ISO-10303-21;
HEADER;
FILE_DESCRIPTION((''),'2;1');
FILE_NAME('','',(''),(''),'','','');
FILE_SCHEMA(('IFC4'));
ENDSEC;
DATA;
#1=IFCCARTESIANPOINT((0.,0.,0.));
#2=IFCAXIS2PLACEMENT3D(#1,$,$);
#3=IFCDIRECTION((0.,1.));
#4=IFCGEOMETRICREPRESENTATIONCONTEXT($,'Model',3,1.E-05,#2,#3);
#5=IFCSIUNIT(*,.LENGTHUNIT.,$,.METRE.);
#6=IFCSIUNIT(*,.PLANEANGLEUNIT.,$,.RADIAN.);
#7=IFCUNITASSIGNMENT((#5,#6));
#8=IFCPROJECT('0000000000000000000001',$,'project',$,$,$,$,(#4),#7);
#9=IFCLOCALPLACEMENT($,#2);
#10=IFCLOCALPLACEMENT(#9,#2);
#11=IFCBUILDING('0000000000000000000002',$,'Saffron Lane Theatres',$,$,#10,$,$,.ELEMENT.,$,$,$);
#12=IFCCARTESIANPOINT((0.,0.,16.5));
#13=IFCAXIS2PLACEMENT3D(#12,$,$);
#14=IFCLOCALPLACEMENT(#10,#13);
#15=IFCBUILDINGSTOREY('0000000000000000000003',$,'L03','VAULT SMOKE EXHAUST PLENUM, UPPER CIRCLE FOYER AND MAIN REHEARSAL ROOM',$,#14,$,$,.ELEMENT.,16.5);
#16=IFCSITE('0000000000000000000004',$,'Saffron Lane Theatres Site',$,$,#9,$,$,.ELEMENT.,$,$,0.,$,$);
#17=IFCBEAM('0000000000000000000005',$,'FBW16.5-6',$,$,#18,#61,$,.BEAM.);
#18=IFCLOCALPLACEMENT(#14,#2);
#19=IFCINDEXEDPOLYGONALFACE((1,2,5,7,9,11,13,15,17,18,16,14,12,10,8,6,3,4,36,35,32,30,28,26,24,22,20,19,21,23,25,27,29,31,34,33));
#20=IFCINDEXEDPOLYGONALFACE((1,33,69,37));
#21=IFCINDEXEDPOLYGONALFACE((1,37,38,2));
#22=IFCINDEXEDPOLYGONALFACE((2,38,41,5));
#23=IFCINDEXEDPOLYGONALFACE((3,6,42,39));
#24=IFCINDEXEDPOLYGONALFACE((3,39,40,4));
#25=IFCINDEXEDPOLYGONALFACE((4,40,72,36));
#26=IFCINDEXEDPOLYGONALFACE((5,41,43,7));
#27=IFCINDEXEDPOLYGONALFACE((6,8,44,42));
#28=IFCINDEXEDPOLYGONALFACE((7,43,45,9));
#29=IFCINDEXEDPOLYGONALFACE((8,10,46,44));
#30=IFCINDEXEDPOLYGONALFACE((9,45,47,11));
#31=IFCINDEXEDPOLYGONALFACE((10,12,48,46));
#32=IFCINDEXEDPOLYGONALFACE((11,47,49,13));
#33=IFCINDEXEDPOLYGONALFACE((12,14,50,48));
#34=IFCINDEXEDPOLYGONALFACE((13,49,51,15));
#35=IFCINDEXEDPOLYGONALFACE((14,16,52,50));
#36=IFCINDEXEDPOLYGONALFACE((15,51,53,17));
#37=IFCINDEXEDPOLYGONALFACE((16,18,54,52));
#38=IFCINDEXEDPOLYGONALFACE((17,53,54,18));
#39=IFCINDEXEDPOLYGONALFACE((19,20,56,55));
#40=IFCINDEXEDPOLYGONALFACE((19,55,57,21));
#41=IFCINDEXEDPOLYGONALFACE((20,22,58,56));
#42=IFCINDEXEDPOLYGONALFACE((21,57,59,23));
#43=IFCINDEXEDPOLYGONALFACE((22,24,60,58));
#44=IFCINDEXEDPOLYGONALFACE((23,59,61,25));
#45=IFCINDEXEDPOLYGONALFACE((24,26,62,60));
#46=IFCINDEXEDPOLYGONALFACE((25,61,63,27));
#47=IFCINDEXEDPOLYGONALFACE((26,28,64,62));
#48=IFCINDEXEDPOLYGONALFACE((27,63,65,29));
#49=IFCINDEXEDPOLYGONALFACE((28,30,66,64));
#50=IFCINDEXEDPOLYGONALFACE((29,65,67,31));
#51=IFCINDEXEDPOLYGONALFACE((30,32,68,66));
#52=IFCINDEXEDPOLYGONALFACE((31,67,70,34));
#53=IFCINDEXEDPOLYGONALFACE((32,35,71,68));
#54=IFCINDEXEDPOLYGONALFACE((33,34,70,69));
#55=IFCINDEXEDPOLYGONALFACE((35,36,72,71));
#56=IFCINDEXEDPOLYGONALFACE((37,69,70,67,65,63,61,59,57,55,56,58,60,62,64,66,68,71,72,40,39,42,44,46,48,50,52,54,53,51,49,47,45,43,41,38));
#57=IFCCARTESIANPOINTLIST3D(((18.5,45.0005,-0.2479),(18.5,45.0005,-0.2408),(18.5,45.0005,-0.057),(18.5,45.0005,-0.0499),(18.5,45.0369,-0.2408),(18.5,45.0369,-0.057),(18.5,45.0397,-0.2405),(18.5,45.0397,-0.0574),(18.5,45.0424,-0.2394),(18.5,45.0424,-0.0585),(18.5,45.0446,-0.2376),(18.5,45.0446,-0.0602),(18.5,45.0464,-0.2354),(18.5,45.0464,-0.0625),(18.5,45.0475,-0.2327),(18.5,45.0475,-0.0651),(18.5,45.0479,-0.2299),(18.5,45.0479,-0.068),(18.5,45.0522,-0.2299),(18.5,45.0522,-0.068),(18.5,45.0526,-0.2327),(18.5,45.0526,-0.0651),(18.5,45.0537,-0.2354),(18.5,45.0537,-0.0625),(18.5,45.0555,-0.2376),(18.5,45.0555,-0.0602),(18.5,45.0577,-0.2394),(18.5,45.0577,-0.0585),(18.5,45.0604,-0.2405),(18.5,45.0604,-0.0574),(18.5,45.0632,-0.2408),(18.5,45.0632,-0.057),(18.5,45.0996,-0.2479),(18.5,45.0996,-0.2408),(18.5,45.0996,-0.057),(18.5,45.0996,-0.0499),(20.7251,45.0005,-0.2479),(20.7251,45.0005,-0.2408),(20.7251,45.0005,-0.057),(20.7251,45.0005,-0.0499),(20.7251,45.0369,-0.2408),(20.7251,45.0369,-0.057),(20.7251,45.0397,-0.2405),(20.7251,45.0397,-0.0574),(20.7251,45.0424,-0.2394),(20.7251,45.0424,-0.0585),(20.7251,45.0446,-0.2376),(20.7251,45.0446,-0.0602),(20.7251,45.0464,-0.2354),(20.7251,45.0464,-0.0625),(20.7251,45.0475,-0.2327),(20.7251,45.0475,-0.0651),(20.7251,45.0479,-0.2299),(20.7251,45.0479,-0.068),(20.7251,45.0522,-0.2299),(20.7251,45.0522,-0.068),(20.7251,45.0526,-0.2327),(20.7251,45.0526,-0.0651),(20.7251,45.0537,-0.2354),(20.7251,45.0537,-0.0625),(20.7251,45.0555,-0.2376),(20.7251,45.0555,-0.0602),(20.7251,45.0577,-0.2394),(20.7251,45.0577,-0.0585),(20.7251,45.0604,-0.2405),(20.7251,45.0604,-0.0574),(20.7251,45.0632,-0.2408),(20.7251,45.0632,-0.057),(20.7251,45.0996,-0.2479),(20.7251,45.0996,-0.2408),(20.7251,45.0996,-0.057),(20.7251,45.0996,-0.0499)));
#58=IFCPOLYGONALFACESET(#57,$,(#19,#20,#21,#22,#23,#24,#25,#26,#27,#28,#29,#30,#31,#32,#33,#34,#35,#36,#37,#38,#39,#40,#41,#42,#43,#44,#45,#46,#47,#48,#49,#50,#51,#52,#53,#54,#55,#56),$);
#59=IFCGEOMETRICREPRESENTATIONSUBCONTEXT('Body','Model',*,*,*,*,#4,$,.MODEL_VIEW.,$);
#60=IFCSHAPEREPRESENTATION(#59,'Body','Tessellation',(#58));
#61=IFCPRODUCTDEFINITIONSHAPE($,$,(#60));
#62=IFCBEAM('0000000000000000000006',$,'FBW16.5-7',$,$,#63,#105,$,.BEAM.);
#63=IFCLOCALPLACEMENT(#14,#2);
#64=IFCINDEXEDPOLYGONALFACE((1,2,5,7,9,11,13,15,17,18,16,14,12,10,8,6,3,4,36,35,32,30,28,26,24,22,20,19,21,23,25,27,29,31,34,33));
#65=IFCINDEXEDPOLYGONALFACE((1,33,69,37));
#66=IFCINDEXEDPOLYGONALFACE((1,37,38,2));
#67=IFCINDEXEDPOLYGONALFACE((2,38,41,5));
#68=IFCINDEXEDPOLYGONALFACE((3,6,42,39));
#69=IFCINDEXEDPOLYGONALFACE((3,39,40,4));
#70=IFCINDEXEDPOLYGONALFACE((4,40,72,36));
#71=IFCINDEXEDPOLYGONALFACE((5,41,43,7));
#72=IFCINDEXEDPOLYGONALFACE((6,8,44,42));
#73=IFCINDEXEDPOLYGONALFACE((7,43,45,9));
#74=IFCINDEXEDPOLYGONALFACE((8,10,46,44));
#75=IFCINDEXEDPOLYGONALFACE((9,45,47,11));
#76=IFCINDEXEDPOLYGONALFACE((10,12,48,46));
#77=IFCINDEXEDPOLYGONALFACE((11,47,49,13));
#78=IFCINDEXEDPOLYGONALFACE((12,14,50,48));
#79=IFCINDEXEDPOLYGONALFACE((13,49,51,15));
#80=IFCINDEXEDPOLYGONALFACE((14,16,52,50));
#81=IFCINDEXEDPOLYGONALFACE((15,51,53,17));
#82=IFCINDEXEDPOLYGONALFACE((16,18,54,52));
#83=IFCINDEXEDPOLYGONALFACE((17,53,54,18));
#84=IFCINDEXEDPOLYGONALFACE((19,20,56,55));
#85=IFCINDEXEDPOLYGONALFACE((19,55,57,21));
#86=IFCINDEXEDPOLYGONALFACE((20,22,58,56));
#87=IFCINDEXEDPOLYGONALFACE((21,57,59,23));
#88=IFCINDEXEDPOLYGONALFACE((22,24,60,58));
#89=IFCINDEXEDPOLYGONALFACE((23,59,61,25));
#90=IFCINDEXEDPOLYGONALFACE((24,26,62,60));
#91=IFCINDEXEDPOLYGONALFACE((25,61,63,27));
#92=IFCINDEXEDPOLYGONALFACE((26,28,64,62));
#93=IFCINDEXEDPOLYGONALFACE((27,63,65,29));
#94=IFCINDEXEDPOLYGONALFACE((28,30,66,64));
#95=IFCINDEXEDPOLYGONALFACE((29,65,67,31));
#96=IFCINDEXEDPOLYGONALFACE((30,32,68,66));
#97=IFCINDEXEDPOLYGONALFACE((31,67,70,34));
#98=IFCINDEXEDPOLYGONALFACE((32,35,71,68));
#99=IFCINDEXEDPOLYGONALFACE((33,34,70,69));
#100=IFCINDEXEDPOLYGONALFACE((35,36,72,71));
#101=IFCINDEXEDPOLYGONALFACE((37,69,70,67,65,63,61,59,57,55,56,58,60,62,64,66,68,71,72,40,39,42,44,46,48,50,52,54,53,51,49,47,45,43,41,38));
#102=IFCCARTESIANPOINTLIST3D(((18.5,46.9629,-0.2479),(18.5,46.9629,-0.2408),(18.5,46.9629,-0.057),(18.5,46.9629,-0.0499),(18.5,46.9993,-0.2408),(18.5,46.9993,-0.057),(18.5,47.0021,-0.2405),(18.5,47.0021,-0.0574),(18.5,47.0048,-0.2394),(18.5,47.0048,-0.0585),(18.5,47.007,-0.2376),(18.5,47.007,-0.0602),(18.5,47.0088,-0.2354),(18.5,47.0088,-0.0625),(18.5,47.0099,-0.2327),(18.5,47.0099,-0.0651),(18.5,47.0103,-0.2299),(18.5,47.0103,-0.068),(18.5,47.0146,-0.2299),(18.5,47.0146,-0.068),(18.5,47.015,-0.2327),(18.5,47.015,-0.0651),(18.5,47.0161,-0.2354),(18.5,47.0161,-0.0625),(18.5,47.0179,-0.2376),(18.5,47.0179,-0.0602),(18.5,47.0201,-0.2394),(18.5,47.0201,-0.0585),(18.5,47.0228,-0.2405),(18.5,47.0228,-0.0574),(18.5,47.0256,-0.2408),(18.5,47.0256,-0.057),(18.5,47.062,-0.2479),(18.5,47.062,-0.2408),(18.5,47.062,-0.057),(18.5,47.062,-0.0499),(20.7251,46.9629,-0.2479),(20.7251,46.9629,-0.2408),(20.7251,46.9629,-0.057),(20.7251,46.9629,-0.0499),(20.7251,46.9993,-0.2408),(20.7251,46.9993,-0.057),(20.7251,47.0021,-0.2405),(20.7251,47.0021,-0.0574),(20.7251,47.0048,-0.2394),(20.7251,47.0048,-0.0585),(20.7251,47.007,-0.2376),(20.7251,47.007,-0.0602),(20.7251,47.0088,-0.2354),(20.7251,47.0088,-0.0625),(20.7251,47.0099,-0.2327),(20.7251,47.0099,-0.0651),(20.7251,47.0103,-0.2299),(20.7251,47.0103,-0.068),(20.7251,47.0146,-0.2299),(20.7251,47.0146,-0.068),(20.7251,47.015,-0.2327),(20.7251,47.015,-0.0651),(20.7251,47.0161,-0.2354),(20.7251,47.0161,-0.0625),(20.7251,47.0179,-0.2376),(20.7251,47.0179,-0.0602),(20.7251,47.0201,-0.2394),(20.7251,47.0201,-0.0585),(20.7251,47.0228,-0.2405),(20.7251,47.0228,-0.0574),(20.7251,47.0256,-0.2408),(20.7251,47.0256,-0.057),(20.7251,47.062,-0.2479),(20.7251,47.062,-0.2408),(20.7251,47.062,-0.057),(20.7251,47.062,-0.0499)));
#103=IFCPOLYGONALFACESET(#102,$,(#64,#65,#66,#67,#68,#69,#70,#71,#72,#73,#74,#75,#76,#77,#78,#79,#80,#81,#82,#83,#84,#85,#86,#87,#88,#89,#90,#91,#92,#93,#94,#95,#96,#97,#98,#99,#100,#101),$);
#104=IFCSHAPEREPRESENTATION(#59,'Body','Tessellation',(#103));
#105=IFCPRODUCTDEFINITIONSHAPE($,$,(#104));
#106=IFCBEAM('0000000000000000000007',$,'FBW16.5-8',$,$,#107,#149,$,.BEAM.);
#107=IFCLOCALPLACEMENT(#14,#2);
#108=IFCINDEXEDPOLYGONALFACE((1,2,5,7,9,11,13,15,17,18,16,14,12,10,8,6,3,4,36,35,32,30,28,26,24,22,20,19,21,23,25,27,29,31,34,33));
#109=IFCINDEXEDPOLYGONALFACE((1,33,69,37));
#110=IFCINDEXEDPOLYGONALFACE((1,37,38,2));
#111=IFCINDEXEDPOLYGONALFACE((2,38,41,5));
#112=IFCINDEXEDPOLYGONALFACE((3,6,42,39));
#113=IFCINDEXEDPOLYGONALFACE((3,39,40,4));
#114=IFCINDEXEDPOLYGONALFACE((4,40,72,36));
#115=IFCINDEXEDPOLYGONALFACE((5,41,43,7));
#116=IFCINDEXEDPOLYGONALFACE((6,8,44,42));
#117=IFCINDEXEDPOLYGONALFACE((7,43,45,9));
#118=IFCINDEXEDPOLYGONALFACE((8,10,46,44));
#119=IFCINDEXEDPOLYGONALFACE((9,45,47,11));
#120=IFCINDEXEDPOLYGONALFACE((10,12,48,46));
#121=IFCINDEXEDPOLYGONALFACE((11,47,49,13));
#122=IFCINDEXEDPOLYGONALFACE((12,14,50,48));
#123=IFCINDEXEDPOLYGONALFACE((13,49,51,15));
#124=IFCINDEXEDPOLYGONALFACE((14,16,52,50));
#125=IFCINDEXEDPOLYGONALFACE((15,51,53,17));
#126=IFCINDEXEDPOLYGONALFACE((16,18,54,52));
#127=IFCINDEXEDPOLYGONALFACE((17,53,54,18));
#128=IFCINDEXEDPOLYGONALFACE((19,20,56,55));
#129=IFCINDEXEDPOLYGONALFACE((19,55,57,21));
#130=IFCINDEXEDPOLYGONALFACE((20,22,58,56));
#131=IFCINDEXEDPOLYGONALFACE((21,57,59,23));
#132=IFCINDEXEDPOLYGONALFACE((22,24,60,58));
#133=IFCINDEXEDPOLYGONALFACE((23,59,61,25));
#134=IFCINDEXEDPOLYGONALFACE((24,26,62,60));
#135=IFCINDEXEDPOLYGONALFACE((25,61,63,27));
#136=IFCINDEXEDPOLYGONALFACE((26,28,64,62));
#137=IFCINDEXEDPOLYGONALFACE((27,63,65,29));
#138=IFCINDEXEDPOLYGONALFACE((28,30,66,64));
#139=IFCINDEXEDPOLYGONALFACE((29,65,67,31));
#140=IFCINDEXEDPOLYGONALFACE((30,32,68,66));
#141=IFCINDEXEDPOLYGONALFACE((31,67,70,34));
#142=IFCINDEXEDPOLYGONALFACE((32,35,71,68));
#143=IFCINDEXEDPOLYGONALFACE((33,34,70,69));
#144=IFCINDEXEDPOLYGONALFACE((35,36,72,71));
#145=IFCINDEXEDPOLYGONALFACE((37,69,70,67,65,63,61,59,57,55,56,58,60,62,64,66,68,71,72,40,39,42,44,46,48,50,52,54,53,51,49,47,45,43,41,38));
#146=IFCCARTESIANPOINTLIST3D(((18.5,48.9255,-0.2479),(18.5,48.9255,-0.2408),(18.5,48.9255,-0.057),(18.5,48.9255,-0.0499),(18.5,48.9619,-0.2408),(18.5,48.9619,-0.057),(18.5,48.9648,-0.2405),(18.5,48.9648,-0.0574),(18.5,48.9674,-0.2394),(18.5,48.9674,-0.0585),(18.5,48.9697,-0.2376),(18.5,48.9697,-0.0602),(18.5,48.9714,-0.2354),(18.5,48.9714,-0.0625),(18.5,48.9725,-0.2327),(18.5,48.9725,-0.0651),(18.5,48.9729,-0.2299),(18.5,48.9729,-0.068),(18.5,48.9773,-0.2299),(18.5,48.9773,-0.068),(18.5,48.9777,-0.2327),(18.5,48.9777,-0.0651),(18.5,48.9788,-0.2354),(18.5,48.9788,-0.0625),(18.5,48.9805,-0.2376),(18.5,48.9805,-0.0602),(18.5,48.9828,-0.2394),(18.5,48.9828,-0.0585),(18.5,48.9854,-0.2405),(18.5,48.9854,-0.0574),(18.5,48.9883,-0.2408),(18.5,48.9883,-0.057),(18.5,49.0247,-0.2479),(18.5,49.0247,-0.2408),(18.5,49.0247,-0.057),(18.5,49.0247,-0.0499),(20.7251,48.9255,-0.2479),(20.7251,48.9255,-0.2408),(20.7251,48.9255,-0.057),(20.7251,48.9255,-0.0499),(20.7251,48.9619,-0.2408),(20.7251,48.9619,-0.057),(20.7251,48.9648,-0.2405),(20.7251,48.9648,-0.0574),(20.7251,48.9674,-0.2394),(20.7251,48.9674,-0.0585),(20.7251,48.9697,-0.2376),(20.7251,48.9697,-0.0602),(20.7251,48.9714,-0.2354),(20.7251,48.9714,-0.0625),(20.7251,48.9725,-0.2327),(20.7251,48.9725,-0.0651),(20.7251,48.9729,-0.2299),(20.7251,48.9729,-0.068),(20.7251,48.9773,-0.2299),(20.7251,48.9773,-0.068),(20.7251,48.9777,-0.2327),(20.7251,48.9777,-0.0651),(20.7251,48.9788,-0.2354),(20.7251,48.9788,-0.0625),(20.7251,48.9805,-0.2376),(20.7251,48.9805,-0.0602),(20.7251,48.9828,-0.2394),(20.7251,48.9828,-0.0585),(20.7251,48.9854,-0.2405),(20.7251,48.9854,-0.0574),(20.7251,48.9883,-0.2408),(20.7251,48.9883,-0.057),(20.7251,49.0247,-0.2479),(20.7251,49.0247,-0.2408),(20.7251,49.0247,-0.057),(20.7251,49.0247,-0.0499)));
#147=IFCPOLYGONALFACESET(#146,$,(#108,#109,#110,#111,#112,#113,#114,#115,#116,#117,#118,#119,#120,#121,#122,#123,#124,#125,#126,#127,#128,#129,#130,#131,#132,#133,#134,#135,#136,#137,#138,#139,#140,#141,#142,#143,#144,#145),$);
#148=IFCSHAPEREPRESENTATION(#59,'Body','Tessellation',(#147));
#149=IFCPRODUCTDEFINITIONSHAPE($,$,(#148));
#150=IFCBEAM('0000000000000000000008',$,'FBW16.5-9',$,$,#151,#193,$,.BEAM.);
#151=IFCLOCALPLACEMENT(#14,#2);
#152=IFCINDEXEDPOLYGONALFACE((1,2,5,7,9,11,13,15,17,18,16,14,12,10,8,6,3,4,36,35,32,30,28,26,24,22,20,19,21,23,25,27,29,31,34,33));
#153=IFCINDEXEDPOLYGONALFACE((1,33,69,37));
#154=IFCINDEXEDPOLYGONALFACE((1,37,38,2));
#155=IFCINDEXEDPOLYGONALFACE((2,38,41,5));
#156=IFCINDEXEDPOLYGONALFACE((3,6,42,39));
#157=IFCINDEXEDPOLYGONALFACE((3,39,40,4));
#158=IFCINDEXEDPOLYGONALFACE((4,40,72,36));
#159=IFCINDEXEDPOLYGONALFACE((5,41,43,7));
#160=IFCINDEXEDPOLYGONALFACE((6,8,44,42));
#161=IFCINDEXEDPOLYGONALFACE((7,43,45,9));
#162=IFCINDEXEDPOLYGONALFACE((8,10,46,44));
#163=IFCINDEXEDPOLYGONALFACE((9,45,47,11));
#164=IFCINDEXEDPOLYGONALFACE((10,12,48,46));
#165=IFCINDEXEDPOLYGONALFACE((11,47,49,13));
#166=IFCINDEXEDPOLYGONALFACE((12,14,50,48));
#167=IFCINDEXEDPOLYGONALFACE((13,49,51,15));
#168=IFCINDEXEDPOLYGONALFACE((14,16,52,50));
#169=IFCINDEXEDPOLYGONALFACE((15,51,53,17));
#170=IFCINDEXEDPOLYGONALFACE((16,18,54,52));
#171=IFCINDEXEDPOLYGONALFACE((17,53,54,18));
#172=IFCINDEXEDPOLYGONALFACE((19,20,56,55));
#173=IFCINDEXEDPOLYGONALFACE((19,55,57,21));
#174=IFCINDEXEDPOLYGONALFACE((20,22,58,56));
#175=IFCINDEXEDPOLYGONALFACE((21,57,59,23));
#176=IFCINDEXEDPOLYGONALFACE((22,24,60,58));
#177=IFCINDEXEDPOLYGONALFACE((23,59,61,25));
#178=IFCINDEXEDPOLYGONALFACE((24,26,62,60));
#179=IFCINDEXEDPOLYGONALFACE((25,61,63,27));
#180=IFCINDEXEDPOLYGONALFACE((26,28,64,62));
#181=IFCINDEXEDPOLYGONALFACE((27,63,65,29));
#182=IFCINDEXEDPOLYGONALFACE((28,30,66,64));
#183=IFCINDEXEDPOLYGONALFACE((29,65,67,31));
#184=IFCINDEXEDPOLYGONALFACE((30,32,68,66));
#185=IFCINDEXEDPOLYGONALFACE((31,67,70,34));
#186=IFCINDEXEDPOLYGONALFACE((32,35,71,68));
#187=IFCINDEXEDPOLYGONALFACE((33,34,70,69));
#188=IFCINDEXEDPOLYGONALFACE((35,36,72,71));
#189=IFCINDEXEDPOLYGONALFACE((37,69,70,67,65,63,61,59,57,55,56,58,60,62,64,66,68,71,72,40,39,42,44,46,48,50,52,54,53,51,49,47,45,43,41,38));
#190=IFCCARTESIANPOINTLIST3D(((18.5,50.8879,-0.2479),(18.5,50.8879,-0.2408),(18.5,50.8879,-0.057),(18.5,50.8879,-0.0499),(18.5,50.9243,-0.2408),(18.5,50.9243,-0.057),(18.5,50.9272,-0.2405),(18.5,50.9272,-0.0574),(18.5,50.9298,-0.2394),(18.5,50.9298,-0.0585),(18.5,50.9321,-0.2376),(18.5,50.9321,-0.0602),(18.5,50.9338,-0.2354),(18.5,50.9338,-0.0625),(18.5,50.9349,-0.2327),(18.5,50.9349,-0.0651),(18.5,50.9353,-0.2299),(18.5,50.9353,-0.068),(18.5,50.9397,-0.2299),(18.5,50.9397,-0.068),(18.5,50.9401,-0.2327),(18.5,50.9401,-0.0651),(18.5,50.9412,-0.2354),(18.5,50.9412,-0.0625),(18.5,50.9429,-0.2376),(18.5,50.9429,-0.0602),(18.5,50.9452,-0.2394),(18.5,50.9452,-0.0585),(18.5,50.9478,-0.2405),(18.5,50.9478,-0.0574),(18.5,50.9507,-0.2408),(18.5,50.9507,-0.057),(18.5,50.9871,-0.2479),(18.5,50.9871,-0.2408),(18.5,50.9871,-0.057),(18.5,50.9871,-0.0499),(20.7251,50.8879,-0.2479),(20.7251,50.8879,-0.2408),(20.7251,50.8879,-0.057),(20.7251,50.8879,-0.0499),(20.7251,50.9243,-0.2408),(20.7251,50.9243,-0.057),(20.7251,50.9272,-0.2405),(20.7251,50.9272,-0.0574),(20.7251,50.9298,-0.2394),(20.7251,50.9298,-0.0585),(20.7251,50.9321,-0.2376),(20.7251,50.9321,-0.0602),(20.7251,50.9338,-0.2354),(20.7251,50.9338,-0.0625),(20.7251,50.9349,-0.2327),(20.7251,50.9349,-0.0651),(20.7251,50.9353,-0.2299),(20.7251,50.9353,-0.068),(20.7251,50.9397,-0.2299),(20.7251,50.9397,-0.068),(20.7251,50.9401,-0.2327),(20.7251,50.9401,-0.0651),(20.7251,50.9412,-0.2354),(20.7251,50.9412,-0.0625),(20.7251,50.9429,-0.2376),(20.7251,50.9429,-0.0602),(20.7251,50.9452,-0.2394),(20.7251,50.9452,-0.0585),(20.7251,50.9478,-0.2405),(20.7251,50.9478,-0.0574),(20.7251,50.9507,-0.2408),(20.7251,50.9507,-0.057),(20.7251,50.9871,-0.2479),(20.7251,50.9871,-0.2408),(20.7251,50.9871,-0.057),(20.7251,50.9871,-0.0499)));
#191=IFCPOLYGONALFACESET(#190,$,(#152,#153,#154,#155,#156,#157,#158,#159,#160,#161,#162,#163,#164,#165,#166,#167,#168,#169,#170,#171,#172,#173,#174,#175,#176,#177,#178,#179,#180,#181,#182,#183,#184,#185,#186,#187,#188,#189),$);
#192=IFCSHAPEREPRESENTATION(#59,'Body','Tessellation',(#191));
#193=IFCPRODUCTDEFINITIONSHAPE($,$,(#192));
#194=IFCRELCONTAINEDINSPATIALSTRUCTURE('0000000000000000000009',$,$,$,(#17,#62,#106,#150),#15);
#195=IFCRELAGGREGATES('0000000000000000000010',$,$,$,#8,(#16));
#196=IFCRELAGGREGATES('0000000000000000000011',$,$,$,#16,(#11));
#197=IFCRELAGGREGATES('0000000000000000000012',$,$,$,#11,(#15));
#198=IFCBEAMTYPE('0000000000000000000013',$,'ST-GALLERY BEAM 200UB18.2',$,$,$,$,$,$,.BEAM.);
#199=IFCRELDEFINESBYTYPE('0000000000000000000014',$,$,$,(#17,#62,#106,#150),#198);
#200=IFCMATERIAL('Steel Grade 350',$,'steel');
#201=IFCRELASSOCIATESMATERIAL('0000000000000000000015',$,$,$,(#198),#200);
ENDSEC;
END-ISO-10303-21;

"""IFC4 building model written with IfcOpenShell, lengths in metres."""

from ifc_helpers import new_model, si_unit, direction, frame, origin, origin_2d, place, context, subcontext, project, spatial, i_section, extrude, material, material_profile, profile_set, type_object, element, save


model = new_model("IFC4")

# Units and contexts
model_context = context("Model", 3, precision=1e-05, world=origin(), true_north=direction((0.0, 1.0)))
body_context = subcontext(model_context, "Body", "Model", "MODEL_VIEW")
ifc_project = project(units=[si_unit("LENGTHUNIT", "METRE"), si_unit("PLANEANGLEUNIT", "RADIAN")], contexts=[model_context])

# Site, building, storey
site_placement = place(None, origin())
site = spatial("IfcSite", under=ifc_project, at=site_placement, Name="Saffron Lane Theatres Site", CompositionType="ELEMENT", RefElevation=0.0)
building_placement = place(site_placement, origin())
building = spatial("IfcBuilding", under=site, at=building_placement, Name="Saffron Lane Theatres", CompositionType="ELEMENT")
storey_placement = place(building_placement, frame((0.0, 0.0, 16.5)))
storey = spatial("IfcBuildingStorey", under=building, at=storey_placement, Name="L03", Description="VAULT SMOKE EXHAUST PLENUM, UPPER CIRCLE FOYER AND MAIN REHEARSAL ROOM", CompositionType="ELEMENT", Elevation=16.5)

# Beams
ifc_material_1 = material(Name="Steel Grade 350", Category="steel")
ifc_material_profile_1 = material_profile(ifc_material_1, i_section(OverallWidth=0.0991, OverallDepth=0.198, WebThickness=0.0044, FlangeThickness=0.0071, FilletRadius=0.011, at=origin_2d()))
ifc_profile_set_1 = profile_set([ifc_material_profile_1], Name="Steel Grade 350")
beam_type_1 = type_object("IfcBeamType", Name="ST-GALLERY BEAM 200UB18.2", PredefinedType="BEAM", material=ifc_profile_set_1)
for number, where, z_axis, x_axis, name in (
    (1, (18.5, 45.05, -0.1489), (1.0, 0.0, 0.0), (0.0, 1.0, 0.0), "FBW16.5-6"),
    (2, (18.5, 47.0125, -0.1489), (1.0, 0.0, 0.0), (0.0, 1.0, 0.0), "FBW16.5-7"),
    (3, (18.5, 48.9751, -0.1489), (1.0, 0.0, 0.0), (0.0, 1.0, 0.0), "FBW16.5-8"),
    (4, (18.5, 50.9375, -0.1489), (1.0, 0.0, 0.0), (0.0, 1.0, 0.0), "FBW16.5-9"),
):
    element("IfcBeam", number, at=place(storey_placement, frame(where, z_axis=z_axis, x_axis=x_axis)), inside=storey, type_object=beam_type_1, Name=name, PredefinedType="BEAM", context=body_context, shape_type="SweptSolid", body=[
        extrude(i_section(OverallWidth=0.0991, OverallDepth=0.198, WebThickness=0.0044, FlangeThickness=0.0071, FilletRadius=0.011, at=origin_2d()), origin(), (0.0, 0.0, 1.0), 2.2251),
    ])

save(model, "model.ifc")
